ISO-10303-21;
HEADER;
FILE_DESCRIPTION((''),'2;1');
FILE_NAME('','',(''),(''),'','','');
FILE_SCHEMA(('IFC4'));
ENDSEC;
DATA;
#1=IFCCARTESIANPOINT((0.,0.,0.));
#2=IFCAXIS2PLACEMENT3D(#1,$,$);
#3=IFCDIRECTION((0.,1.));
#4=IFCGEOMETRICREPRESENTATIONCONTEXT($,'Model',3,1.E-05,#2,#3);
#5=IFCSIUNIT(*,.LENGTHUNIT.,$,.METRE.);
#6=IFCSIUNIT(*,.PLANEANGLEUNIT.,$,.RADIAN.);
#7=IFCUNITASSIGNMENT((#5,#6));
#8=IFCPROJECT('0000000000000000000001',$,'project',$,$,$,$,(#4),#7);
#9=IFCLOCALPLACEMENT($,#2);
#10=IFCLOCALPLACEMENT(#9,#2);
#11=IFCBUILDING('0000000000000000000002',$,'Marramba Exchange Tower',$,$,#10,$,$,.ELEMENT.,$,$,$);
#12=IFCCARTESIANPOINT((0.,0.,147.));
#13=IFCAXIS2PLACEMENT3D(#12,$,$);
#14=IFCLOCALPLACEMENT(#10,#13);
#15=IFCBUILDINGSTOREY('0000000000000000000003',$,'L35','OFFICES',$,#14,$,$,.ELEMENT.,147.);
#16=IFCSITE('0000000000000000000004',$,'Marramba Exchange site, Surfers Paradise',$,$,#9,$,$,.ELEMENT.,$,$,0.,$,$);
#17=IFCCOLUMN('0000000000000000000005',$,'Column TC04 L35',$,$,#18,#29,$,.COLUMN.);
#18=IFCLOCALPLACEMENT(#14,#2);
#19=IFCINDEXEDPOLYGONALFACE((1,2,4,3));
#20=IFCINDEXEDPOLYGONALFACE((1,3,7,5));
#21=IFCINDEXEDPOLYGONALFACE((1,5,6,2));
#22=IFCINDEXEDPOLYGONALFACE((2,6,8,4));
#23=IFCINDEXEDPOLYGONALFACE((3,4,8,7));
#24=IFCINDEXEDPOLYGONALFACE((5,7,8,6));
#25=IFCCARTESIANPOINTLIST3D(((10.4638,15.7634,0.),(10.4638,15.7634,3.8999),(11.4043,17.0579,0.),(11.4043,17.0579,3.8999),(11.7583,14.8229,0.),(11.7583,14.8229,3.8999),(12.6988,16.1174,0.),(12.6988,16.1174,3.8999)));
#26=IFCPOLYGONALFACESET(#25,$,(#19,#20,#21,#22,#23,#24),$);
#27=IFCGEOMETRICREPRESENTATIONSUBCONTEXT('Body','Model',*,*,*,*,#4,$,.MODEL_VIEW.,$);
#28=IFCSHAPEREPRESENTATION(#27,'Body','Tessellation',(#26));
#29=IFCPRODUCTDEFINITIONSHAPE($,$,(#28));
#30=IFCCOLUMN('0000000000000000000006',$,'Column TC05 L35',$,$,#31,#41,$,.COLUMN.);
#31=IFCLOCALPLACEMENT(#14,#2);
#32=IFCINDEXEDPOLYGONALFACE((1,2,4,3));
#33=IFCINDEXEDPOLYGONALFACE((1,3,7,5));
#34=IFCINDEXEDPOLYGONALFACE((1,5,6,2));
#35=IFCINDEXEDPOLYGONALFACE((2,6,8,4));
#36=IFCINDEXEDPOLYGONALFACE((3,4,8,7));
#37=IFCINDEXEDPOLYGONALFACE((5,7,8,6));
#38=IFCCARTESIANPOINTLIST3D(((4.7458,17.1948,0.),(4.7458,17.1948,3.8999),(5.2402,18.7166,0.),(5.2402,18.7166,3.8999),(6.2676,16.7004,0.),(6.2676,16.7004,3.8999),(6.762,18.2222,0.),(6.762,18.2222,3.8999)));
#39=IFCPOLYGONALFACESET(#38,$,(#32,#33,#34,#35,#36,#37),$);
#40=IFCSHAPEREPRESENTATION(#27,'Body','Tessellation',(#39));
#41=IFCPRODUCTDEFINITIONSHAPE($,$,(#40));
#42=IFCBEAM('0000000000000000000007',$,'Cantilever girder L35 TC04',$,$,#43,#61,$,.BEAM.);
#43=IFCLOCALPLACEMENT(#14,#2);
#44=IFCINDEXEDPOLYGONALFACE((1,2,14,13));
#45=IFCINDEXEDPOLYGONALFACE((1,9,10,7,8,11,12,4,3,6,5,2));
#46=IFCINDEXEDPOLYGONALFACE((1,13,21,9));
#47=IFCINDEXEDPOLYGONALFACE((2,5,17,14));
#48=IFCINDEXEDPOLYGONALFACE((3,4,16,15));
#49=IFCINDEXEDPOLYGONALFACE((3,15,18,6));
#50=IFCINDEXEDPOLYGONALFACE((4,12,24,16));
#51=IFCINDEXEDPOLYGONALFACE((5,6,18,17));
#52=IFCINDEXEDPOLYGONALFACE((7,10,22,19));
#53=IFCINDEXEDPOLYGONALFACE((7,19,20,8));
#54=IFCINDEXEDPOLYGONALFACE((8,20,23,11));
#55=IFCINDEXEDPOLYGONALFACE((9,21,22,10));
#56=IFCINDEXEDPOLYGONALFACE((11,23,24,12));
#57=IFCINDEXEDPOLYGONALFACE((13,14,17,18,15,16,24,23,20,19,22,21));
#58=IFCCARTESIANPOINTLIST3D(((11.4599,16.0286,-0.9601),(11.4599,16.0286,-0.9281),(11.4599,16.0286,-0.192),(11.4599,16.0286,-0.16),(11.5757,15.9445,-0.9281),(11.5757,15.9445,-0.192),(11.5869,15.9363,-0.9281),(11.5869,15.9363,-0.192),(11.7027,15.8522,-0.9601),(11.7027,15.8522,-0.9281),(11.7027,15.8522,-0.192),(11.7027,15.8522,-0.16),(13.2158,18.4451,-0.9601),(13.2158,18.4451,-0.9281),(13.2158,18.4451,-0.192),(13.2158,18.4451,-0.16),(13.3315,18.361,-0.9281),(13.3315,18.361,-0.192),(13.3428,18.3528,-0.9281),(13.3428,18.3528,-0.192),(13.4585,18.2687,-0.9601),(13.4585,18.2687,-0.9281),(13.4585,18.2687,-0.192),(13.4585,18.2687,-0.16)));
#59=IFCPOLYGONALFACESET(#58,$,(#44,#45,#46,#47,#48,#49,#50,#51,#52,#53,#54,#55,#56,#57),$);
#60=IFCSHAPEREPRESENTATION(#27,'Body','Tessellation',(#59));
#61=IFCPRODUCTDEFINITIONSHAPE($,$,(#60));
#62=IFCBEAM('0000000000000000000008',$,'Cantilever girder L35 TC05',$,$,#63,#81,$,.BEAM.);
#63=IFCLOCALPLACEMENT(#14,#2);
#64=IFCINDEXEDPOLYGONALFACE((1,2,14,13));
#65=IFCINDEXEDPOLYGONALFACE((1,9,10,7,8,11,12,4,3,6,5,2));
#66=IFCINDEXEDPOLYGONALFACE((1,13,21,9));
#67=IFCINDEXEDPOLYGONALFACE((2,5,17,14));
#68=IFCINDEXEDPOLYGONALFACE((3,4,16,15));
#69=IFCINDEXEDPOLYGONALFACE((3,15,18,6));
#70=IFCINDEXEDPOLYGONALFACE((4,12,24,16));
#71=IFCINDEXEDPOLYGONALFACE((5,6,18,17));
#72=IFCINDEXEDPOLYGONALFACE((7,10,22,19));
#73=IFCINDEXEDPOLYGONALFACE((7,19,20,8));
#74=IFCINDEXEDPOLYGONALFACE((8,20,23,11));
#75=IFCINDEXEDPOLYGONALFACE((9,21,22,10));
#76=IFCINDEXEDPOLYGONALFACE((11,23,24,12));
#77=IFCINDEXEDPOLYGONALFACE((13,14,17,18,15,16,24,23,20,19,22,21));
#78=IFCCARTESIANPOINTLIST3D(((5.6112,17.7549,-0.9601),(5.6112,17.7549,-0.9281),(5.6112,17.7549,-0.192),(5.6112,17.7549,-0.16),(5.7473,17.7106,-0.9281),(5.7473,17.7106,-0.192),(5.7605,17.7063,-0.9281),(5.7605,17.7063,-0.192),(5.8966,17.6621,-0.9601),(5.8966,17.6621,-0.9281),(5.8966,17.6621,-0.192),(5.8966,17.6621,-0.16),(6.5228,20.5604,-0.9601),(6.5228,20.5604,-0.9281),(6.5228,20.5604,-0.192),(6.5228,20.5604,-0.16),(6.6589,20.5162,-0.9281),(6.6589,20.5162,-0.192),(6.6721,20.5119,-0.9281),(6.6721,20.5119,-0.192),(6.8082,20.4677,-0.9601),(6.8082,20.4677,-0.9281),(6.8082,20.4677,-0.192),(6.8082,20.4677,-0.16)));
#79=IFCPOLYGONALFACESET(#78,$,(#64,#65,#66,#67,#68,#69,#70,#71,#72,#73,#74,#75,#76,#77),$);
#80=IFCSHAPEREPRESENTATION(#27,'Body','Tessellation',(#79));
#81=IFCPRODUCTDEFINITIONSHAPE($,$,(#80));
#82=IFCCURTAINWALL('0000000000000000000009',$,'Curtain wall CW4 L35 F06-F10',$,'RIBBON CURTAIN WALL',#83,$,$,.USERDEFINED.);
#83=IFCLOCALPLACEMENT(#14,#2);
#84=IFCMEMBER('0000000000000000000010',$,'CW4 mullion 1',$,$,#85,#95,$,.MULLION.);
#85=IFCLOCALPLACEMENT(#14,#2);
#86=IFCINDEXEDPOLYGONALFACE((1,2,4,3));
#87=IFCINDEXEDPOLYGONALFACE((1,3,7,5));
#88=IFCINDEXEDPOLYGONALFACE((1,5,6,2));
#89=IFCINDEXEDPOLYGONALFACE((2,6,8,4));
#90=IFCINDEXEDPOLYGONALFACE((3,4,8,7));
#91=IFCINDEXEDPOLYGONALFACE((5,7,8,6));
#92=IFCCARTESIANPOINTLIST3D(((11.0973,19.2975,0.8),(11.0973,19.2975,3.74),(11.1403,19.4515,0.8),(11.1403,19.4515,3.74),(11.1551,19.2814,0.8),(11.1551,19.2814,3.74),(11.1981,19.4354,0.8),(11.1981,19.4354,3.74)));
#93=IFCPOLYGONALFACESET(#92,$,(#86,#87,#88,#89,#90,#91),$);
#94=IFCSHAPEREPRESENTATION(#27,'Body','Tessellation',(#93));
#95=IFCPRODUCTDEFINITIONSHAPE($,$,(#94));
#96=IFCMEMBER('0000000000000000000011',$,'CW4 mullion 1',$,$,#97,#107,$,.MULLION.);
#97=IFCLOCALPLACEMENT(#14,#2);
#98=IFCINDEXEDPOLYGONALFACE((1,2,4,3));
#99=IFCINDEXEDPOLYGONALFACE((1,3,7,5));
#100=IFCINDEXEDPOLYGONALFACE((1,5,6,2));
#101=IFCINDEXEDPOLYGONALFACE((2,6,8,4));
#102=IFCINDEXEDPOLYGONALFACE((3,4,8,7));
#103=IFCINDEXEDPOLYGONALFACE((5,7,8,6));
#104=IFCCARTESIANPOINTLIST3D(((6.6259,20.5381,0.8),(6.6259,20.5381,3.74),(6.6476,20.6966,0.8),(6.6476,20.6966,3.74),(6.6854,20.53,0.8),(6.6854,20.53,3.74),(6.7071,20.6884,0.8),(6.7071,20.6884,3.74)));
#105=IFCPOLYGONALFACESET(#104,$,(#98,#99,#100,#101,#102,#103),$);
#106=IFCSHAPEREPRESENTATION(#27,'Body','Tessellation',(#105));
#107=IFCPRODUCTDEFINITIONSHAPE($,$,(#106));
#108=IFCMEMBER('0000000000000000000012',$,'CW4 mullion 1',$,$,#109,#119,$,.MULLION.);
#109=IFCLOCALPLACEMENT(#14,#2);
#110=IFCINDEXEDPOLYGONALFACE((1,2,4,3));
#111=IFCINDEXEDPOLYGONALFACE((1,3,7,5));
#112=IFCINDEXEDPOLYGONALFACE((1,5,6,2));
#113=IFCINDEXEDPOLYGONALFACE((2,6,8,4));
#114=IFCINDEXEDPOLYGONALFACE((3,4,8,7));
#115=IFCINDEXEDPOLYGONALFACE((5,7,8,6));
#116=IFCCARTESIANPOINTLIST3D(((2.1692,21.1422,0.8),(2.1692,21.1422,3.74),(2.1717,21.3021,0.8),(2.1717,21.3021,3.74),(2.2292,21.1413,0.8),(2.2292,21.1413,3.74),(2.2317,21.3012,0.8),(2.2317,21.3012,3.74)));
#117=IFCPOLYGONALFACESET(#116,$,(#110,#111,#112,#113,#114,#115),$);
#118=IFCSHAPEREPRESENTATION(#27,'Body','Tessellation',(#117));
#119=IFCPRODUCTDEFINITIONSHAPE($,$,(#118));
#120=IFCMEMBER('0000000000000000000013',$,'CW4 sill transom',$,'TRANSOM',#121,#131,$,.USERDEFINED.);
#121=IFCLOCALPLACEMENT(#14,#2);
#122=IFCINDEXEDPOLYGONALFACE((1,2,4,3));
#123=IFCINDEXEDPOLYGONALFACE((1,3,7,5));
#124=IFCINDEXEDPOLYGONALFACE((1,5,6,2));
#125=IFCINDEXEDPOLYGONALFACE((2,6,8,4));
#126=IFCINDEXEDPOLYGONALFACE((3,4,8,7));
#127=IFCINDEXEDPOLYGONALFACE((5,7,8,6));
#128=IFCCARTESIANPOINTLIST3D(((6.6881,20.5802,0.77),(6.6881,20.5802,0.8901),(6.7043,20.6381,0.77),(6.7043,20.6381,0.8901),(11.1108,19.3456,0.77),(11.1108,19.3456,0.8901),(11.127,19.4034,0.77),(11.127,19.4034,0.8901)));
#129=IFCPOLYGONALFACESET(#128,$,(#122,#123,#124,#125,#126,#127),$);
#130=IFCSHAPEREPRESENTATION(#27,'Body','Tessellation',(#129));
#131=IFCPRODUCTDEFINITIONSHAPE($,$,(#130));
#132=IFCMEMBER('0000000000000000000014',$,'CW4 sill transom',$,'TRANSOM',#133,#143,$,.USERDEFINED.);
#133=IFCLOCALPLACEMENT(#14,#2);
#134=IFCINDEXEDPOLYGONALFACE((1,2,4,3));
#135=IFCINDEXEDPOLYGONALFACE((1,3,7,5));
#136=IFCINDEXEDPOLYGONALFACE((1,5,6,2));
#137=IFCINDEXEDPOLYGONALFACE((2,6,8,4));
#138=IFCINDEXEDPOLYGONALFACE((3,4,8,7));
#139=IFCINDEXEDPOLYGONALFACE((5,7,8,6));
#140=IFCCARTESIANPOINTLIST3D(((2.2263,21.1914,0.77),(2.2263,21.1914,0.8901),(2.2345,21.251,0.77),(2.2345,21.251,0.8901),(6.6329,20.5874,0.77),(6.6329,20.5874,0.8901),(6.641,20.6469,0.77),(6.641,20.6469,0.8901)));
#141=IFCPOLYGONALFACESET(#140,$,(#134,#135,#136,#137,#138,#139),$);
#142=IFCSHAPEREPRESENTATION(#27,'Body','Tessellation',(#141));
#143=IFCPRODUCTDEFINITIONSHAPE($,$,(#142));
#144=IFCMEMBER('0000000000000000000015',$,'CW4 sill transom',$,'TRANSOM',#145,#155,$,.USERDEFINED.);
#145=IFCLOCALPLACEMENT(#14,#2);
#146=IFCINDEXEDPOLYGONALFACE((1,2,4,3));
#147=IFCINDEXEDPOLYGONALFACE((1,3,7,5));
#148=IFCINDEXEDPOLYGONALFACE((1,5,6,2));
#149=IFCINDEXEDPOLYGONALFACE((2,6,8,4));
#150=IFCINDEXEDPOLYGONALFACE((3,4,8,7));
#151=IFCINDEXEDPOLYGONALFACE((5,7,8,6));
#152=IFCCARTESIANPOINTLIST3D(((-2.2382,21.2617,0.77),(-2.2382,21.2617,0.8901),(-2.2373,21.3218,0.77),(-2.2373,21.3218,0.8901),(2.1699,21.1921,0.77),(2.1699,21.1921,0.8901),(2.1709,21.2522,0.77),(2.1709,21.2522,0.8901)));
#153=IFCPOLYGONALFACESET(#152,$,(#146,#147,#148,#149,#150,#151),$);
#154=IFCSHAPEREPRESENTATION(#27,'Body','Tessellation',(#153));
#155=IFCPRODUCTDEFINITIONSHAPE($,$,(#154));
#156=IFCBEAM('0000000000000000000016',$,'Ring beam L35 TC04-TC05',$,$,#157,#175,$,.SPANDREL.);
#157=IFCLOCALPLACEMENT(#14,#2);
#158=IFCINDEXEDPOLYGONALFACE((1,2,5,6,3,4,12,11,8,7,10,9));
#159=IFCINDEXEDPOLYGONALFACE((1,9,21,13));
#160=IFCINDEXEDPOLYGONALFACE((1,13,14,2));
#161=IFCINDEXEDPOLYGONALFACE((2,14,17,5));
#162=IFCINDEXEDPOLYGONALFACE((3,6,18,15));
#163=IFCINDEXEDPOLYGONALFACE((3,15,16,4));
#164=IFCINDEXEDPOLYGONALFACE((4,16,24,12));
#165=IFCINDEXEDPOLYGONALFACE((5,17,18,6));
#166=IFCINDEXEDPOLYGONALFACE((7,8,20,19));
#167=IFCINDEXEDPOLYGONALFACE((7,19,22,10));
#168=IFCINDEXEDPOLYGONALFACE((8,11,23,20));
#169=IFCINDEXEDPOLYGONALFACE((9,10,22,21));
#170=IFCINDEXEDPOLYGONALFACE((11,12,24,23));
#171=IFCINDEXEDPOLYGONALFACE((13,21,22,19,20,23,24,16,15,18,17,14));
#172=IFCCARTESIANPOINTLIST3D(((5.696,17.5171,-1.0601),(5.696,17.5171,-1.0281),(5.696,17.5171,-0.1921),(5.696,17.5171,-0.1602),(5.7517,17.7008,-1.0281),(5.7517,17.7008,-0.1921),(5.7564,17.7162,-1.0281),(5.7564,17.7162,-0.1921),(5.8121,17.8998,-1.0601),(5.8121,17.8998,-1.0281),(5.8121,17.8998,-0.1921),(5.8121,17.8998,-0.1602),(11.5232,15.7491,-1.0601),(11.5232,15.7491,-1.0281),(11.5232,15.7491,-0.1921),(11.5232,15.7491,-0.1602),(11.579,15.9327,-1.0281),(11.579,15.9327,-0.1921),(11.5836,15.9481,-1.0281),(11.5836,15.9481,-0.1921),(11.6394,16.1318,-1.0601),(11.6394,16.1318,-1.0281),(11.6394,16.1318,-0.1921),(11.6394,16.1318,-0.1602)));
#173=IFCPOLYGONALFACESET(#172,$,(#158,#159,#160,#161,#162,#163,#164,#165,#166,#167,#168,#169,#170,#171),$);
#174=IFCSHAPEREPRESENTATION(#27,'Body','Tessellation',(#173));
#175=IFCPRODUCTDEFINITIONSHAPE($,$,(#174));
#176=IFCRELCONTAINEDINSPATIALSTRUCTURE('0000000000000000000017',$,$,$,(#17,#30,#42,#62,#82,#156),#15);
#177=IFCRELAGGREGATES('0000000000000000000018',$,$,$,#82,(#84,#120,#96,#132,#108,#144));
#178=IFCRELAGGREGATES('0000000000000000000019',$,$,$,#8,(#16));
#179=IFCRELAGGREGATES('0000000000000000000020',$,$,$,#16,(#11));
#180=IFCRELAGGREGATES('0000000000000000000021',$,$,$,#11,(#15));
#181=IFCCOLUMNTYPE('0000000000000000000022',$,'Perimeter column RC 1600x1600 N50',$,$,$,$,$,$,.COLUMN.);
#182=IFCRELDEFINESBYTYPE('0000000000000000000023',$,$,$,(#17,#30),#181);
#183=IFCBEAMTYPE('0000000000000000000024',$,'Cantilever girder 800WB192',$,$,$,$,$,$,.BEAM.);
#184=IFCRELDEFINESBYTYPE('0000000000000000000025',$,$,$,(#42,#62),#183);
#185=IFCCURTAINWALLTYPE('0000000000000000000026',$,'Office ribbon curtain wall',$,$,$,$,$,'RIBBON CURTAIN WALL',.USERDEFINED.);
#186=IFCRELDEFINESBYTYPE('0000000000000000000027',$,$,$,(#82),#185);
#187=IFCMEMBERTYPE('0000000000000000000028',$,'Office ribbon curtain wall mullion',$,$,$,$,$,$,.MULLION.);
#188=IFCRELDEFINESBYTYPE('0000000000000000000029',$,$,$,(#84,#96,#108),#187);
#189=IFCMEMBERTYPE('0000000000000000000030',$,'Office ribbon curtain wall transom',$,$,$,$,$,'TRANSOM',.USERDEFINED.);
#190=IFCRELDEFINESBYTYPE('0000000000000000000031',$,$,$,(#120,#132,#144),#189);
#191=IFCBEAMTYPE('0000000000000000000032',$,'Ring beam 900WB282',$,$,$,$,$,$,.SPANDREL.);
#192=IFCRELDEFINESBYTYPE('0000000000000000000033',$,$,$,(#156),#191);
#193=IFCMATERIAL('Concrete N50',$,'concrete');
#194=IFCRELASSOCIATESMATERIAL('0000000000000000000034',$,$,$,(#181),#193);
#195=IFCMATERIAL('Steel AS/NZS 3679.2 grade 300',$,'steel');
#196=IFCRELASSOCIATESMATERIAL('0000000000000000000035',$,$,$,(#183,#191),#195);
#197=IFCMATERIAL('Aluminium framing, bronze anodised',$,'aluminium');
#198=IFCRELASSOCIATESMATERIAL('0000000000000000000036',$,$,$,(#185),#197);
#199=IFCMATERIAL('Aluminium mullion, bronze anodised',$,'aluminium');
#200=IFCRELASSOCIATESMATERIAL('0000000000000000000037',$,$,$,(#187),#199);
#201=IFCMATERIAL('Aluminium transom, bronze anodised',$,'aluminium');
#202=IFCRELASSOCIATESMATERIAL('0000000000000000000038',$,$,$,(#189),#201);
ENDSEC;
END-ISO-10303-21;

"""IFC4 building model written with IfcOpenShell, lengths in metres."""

from ifc_helpers import new_model, si_unit, direction, frame, origin, origin_2d, place, context, subcontext, project, spatial, rectangle, i_section, extrude, material, material_profile, profile_set, type_object, element, aggregate, save


model = new_model("IFC4")

# Units and contexts
model_context = context("Model", 3, precision=1e-05, world=origin(), true_north=direction((0.0, 1.0)))
body_context = subcontext(model_context, "Body", "Model", "MODEL_VIEW")
ifc_project = project(units=[si_unit("LENGTHUNIT", "METRE"), si_unit("PLANEANGLEUNIT", "RADIAN")], contexts=[model_context])

# Site, building, storey
site_placement = place(None, origin())
site = spatial("IfcSite", under=ifc_project, at=site_placement, Name="Marramba Exchange site, Surfers Paradise", CompositionType="ELEMENT", RefElevation=0.0)
building_placement = place(site_placement, origin())
building = spatial("IfcBuilding", under=site, at=building_placement, Name="Marramba Exchange Tower", CompositionType="ELEMENT")
storey_placement = place(building_placement, frame((0.0, 0.0, 147.0)))
storey = spatial("IfcBuildingStorey", under=building, at=storey_placement, Name="L35", Description="OFFICES", CompositionType="ELEMENT", Elevation=147.0)

# Columns
ifc_material_1 = material(Name="Concrete N50", Category="concrete")
ifc_material_profile_1 = material_profile(ifc_material_1, rectangle(XDim=1.6001, YDim=1.6001, at=origin_2d()), Name="RC 1600x1600")
ifc_profile_set_1 = profile_set([ifc_material_profile_1], Name="Concrete N50")
column_type = type_object("IfcColumnType", Name="Perimeter column RC 1600x1600 N50", PredefinedType="COLUMN", material=ifc_profile_set_1)
for number, where, z_axis, x_axis, name in (
    (1, (11.5813, 15.9404, 0.0), (0.0, 0.0, 1.0), (0.587785, 0.809017, 0.0), "Column TC04 L35"),
    (2, (5.7539, 17.7085, 0.0), (0.0, 0.0, 1.0), (0.309017, 0.951057, 0.0), "Column TC05 L35"),
):
    element("IfcColumn", number, at=place(storey_placement, frame(where, z_axis=z_axis, x_axis=x_axis)), inside=storey, type_object=column_type, Name=name, PredefinedType="COLUMN", context=body_context, shape_type="SweptSolid", body=[
        extrude(rectangle(XDim=1.6001, YDim=1.6001, at=origin_2d()), origin(), (0.0, 0.0, 1.0), 3.8999),
    ])

# Beams
ifc_material_2 = material(Name="Steel AS/NZS 3679.2 grade 300", Category="steel")
ifc_material_profile_2 = material_profile(ifc_material_2, i_section(OverallWidth=0.3, OverallDepth=0.8, WebThickness=0.0139, FlangeThickness=0.032, at=origin_2d()), Name="800WB192")
ifc_profile_set_2 = profile_set([ifc_material_profile_2], Name="Steel AS/NZS 3679.2 grade 300")
beam_type_1 = type_object("IfcBeamType", Name="Cantilever girder 800WB192", PredefinedType="BEAM", material=ifc_profile_set_2)
beam_1_placement = place(storey_placement, frame((11.5813, 15.9404, -0.5601), z_axis=(0.587822, 0.80899, 0.0), x_axis=(-0.80899, 0.587822, 0.0)))
element("IfcBeam", 3, at=beam_1_placement, inside=storey, type_object=beam_type_1, Name="Cantilever girder L35 TC04", PredefinedType="BEAM", context=body_context, shape_type="SweptSolid", body=[
    extrude(i_section(OverallWidth=0.3, OverallDepth=0.8, WebThickness=0.0139, FlangeThickness=0.032, at=origin_2d()), origin(), (0.0, 0.0, 1.0), 2.9871),
])
beam_2_placement = place(storey_placement, frame((5.7539, 17.7085, -0.5601), z_axis=(0.309019, 0.951056, 0.0), x_axis=(-0.951056, 0.309019, 0.0)))
element("IfcBeam", 4, at=beam_2_placement, inside=storey, type_object=beam_type_1, Name="Cantilever girder L35 TC05", PredefinedType="BEAM", context=body_context, shape_type="SweptSolid", body=[
    extrude(i_section(OverallWidth=0.3, OverallDepth=0.8, WebThickness=0.0139, FlangeThickness=0.032, at=origin_2d()), origin(), (0.0, 0.0, 1.0), 2.95),
])

# Curtain wall, members
ifc_material_3 = material(Name="Aluminium framing, bronze anodised", Category="aluminium")
curtain_wall_type = type_object("IfcCurtainWallType", Name="Office ribbon curtain wall", ElementType="RIBBON CURTAIN WALL", PredefinedType="USERDEFINED", material=ifc_material_3)
curtain_wall_1_placement = place(storey_placement, origin())
curtain_wall_1 = element("IfcCurtainWall", 5, at=curtain_wall_1_placement, inside=storey, type_object=curtain_wall_type, Name="Curtain wall CW4 L35 F06-F10", ObjectType="RIBBON CURTAIN WALL", PredefinedType="USERDEFINED")
ifc_material_4 = material(Name="Aluminium mullion, bronze anodised", Category="aluminium")
ifc_material_profile_3 = material_profile(ifc_material_4, rectangle(XDim=0.1599, YDim=0.0601, at=origin_2d()), Name="CW4 mullion 60x160")
ifc_profile_set_3 = profile_set([ifc_material_profile_3], Name="Aluminium mullion, bronze anodised")
member_type_1 = type_object("IfcMemberType", Name="Office ribbon curtain wall mullion", PredefinedType="MULLION", material=ifc_profile_set_3)
member_1_placement = place(storey_placement, frame((11.1477, 19.3665, 0.8), z_axis=(0.0, 0.0, 1.0), x_axis=(-0.268865, -0.963178, 0.0)))
member_1 = element("IfcMember", 6, at=member_1_placement, type_object=member_type_1, Name="CW4 mullion 1", PredefinedType="MULLION", context=body_context, shape_type="SweptSolid", body=[
    extrude(rectangle(XDim=0.1599, YDim=0.0601, at=origin_2d()), origin(), (0.0, 0.0, 1.0), 2.9399),
])
member_2_placement = place(storey_placement, frame((6.6665, 20.6133, 0.8), z_axis=(0.0, 0.0, 1.0), x_axis=(-0.135786, -0.990738, 0.0)))
member_2 = element("IfcMember", 7, at=member_2_placement, type_object=member_type_1, Name="CW4 mullion 1", PredefinedType="MULLION", context=body_context, shape_type="SweptSolid", body=[
    extrude(rectangle(XDim=0.1599, YDim=0.0601, at=origin_2d()), origin(), (0.0, 0.0, 1.0), 2.9399),
])
member_3_placement = place(storey_placement, frame((2.2004, 21.2217, 0.8), z_axis=(0.0, 0.0, 1.0), x_axis=(-0.015756, -0.999876, 0.0)))
member_3 = element("IfcMember", 8, at=member_3_placement, type_object=member_type_1, Name="CW4 mullion 1", PredefinedType="MULLION", context=body_context, shape_type="SweptSolid", body=[
    extrude(rectangle(XDim=0.1599, YDim=0.0601, at=origin_2d()), origin(), (0.0, 0.0, 1.0), 2.9399),
])
ifc_material_5 = material(Name="Aluminium transom, bronze anodised", Category="aluminium")
ifc_material_profile_4 = material_profile(ifc_material_5, rectangle(XDim=0.0601, YDim=0.1201, at=origin_2d()), Name="CW4 transom 60x120")
ifc_profile_set_4 = profile_set([ifc_material_profile_4], Name="Aluminium transom, bronze anodised")
member_type_2 = type_object("IfcMemberType", Name="Office ribbon curtain wall transom", ElementType="TRANSOM", PredefinedType="USERDEFINED", material=ifc_profile_set_4)
member_4_placement = place(storey_placement, frame((11.1189, 19.3745, 0.8301), z_axis=(-0.963174, 0.26888, 0.0), x_axis=(-0.26888, -0.963174, 0.0)))
member_4 = element("IfcMember", 9, at=member_4_placement, type_object=member_type_2, Name="CW4 sill transom", ObjectType="TRANSOM", PredefinedType="USERDEFINED", context=body_context, shape_type="SweptSolid", body=[
    extrude(rectangle(XDim=0.0601, YDim=0.1201, at=origin_2d()), origin(), (0.0, 0.0, 1.0), 4.5918),
])
member_5_placement = place(storey_placement, frame((6.637, 20.6172, 0.8301), z_axis=(-0.990736, 0.135801, 0.0), x_axis=(-0.135801, -0.990736, 0.0)))
member_5 = element("IfcMember", 10, at=member_5_placement, type_object=member_type_2, Name="CW4 sill transom", ObjectType="TRANSOM", PredefinedType="USERDEFINED", context=body_context, shape_type="SweptSolid", body=[
    extrude(rectangle(XDim=0.0601, YDim=0.1201, at=origin_2d()), origin(), (0.0, 0.0, 1.0), 4.4478),
])
member_6_placement = place(storey_placement, frame((2.1704, 21.2222, 0.8301), z_axis=(-0.999875, 0.015782, 0.0), x_axis=(-0.015782, -0.999875, 0.0)))
member_6 = element("IfcMember", 11, at=member_6_placement, type_object=member_type_2, Name="CW4 sill transom", ObjectType="TRANSOM", PredefinedType="USERDEFINED", context=body_context, shape_type="SweptSolid", body=[
    extrude(rectangle(XDim=0.0601, YDim=0.1201, at=origin_2d()), origin(), (0.0, 0.0, 1.0), 4.4087),
])

# Beam
ifc_material_profile_5 = material_profile(ifc_material_2, i_section(OverallWidth=0.3999, OverallDepth=0.8999, WebThickness=0.0161, FlangeThickness=0.032, at=origin_2d()), Name="900WB282")
ifc_profile_set_5 = profile_set([ifc_material_profile_5], Name="Steel AS/NZS 3679.2 grade 300")
beam_type_2 = type_object("IfcBeamType", Name="Ring beam 900WB282", PredefinedType="SPANDREL", material=ifc_profile_set_5)
beam_3_placement = place(storey_placement, frame((11.5813, 15.9404, -0.6101), z_axis=(-0.956925, 0.290337, 0.0), x_axis=(-0.290337, -0.956925, 0.0)))
element("IfcBeam", 12, at=beam_3_placement, inside=storey, type_object=beam_type_2, Name="Ring beam L35 TC04-TC05", PredefinedType="SPANDREL", context=body_context, shape_type="SweptSolid", body=[
    extrude(i_section(OverallWidth=0.3999, OverallDepth=0.8999, WebThickness=0.0161, FlangeThickness=0.032, at=origin_2d()), origin(), (0.0, 0.0, 1.0), 6.0896),
])

aggregate(curtain_wall_1, [member_1, member_4, member_2, member_5, member_3, member_6])

save(model, "model.ifc")
